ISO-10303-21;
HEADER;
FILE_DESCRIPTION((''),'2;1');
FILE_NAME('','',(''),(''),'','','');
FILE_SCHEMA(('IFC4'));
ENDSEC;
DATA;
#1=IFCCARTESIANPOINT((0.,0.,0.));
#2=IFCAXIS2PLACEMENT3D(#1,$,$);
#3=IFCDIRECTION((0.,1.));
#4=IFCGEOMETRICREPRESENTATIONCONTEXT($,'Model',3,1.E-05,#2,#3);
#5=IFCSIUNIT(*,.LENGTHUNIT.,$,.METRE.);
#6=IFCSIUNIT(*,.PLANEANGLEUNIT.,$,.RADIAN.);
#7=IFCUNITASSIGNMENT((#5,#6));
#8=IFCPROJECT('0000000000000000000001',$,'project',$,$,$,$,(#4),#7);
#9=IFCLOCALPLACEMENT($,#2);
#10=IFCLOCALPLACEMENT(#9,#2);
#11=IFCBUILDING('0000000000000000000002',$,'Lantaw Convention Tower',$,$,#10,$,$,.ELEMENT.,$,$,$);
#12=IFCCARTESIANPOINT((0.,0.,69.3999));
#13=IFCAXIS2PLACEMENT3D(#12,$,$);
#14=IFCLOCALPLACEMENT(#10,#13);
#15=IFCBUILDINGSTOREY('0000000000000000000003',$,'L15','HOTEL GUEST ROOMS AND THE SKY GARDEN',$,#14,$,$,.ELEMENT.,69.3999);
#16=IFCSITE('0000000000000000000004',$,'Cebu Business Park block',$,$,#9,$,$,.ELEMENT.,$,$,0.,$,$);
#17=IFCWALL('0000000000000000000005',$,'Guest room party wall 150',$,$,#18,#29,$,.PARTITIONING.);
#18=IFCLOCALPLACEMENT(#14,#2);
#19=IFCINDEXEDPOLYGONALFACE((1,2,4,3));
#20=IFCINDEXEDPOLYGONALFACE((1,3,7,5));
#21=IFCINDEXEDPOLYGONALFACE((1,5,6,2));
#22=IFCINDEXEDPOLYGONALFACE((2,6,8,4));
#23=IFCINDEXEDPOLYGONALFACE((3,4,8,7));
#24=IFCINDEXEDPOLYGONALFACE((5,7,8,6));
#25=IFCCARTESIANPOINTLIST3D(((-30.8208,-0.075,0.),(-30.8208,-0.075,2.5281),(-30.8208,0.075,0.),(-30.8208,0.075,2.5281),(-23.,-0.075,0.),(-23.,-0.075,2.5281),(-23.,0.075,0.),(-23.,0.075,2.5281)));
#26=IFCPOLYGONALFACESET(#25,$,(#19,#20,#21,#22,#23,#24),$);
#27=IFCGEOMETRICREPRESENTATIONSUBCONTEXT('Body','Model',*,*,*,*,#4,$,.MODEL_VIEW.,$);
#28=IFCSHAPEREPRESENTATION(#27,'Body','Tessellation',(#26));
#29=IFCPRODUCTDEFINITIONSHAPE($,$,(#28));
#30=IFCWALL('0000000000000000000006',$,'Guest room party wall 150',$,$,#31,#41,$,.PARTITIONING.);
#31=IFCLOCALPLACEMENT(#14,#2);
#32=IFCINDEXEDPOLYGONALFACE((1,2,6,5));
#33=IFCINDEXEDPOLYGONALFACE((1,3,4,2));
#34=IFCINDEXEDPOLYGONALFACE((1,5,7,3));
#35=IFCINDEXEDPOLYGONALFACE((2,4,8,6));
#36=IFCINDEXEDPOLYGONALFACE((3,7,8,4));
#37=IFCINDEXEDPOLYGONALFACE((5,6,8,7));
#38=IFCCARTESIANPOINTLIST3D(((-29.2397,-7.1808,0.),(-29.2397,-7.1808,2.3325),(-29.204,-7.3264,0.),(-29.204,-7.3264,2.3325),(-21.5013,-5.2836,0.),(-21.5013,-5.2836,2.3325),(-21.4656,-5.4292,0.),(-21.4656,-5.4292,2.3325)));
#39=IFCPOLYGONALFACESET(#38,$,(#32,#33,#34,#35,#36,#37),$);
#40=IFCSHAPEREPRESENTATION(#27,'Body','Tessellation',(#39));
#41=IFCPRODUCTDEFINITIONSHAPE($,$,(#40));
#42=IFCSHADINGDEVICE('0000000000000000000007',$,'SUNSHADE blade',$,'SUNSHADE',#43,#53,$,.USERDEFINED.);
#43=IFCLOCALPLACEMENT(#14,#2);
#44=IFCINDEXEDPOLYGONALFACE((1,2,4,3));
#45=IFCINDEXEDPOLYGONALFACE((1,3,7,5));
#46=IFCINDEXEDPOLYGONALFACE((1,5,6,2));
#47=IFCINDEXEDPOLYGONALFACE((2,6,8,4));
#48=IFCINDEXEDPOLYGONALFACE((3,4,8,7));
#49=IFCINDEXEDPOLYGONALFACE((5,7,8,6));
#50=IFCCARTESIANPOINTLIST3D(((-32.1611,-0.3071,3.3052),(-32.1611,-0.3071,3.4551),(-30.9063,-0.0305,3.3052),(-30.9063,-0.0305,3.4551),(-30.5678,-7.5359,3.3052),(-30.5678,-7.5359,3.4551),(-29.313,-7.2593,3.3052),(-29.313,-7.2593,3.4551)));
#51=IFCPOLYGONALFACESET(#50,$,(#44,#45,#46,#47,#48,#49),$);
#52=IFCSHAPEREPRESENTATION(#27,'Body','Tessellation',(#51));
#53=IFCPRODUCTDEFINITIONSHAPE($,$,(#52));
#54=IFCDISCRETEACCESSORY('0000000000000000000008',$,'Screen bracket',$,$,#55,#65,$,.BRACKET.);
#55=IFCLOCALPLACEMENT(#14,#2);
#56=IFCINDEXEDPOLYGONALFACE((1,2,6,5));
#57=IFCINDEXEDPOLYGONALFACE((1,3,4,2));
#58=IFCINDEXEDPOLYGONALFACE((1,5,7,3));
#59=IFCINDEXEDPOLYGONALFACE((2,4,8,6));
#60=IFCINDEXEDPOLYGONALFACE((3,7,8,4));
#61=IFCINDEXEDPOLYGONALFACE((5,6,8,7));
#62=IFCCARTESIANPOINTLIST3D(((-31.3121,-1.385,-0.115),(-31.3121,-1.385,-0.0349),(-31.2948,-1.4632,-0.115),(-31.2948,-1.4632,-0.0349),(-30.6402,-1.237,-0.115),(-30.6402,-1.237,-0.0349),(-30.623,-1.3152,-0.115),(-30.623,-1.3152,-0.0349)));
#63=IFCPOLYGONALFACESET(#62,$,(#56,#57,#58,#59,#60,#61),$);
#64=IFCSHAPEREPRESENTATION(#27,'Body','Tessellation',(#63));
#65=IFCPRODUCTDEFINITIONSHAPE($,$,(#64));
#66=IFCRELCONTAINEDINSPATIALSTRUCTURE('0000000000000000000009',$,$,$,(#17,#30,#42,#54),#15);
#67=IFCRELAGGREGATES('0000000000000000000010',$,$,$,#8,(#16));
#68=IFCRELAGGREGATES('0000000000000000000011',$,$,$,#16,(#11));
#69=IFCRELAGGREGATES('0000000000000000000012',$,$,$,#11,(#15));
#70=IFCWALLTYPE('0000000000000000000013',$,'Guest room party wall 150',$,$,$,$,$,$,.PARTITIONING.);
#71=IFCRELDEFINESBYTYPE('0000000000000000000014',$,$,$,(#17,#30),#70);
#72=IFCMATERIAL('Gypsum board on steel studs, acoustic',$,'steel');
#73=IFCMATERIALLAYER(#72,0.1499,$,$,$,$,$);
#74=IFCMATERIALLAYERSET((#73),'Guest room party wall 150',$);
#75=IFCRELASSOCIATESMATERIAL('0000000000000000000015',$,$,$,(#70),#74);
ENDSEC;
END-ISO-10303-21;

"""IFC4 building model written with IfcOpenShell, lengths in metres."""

from ifc_helpers import new_model, si_unit, direction, frame, frame_2d, origin, origin_2d, place, context, subcontext, project, spatial, rectangle, extrude, material, layer, layer_set, type_object, element, save


model = new_model("IFC4")

# Units and contexts
model_context = context("Model", 3, precision=1e-05, world=origin(), true_north=direction((0.0, 1.0)))
body_context = subcontext(model_context, "Body", "Model", "MODEL_VIEW")
ifc_project = project(units=[si_unit("LENGTHUNIT", "METRE"), si_unit("PLANEANGLEUNIT", "RADIAN")], contexts=[model_context])

# Site, building, storey
site_placement = place(None, origin())
site = spatial("IfcSite", under=ifc_project, at=site_placement, Name="Cebu Business Park block", CompositionType="ELEMENT", RefElevation=0.0)
building_placement = place(site_placement, origin())
building = spatial("IfcBuilding", under=site, at=building_placement, Name="Lantaw Convention Tower", CompositionType="ELEMENT")
storey_placement = place(building_placement, frame((0.0, 0.0, 69.3999)))
storey = spatial("IfcBuildingStorey", under=building, at=storey_placement, Name="L15", Description="HOTEL GUEST ROOMS AND THE SKY GARDEN", CompositionType="ELEMENT", Elevation=69.3999)

# Walls
ifc_material_1 = material(Name="Gypsum board on steel studs, acoustic", Category="steel")
ifc_layer_1 = layer(ifc_material_1, 0.1499)
ifc_layer_set_1 = layer_set([ifc_layer_1], Name="Guest room party wall 150")
wall_type_1 = type_object("IfcWallType", Name="Guest room party wall 150", PredefinedType="PARTITIONING", material=ifc_layer_set_1)
wall_1_placement = place(storey_placement, frame((-30.8208, 0.0, 0.0), z_axis=(0.0, 0.0, 1.0), x_axis=(1.0, 0.0, 0.0)))
element("IfcWall", 1, at=wall_1_placement, inside=storey, type_object=wall_type_1, Name="Guest room party wall 150", PredefinedType="PARTITIONING", context=body_context, shape_type="SweptSolid", body=[
    extrude(rectangle(XDim=7.8208, YDim=0.1499, at=frame_2d((3.9104, 0.0))), origin(), (0.0, 0.0, 1.0), 2.5281),
])
wall_2_placement = place(storey_placement, frame((-29.2219, -7.2537, 0.0), z_axis=(0.0, 0.0, 1.0), x_axis=(0.971236, 0.238121, 0.0)))
element("IfcWall", 2, at=wall_2_placement, inside=storey, type_object=wall_type_1, Name="Guest room party wall 150", PredefinedType="PARTITIONING", context=body_context, shape_type="SweptSolid", body=[
    extrude(rectangle(XDim=7.9675, YDim=0.1499, at=frame_2d((3.9839, 0.0))), origin(), (0.0, 0.0, 1.0), 2.3325),
])

# Shading device
shading_device_placement = place(storey_placement, frame((-30.7371, -3.7832, 3.3052), z_axis=(0.0, 0.0, 1.0), x_axis=(0.215246, -0.97656, 0.0)))
element("IfcShadingDevice", 3, at=shading_device_placement, inside=storey, Name="SUNSHADE blade", ObjectType="SUNSHADE", PredefinedType="USERDEFINED", context=body_context, shape_type="SweptSolid", body=[
    extrude(rectangle(XDim=7.4023, YDim=1.2849, at=origin_2d()), origin(), (0.0, 0.0, 1.0), 0.1499),
])

# Discrete accessory
discrete_accessory_placement = place(storey_placement, frame((-30.9675, -1.3501, -0.115), z_axis=(0.0, 0.0, 1.0), x_axis=(0.215246, -0.97656, 0.0)))
element("IfcDiscreteAccessory", 4, at=discrete_accessory_placement, inside=storey, Name="Screen bracket", PredefinedType="BRACKET", context=body_context, shape_type="SweptSolid", body=[
    extrude(rectangle(XDim=0.0801, YDim=0.688, at=origin_2d()), origin(), (0.0, 0.0, 1.0), 0.0801),
])

save(model, "model.ifc")
